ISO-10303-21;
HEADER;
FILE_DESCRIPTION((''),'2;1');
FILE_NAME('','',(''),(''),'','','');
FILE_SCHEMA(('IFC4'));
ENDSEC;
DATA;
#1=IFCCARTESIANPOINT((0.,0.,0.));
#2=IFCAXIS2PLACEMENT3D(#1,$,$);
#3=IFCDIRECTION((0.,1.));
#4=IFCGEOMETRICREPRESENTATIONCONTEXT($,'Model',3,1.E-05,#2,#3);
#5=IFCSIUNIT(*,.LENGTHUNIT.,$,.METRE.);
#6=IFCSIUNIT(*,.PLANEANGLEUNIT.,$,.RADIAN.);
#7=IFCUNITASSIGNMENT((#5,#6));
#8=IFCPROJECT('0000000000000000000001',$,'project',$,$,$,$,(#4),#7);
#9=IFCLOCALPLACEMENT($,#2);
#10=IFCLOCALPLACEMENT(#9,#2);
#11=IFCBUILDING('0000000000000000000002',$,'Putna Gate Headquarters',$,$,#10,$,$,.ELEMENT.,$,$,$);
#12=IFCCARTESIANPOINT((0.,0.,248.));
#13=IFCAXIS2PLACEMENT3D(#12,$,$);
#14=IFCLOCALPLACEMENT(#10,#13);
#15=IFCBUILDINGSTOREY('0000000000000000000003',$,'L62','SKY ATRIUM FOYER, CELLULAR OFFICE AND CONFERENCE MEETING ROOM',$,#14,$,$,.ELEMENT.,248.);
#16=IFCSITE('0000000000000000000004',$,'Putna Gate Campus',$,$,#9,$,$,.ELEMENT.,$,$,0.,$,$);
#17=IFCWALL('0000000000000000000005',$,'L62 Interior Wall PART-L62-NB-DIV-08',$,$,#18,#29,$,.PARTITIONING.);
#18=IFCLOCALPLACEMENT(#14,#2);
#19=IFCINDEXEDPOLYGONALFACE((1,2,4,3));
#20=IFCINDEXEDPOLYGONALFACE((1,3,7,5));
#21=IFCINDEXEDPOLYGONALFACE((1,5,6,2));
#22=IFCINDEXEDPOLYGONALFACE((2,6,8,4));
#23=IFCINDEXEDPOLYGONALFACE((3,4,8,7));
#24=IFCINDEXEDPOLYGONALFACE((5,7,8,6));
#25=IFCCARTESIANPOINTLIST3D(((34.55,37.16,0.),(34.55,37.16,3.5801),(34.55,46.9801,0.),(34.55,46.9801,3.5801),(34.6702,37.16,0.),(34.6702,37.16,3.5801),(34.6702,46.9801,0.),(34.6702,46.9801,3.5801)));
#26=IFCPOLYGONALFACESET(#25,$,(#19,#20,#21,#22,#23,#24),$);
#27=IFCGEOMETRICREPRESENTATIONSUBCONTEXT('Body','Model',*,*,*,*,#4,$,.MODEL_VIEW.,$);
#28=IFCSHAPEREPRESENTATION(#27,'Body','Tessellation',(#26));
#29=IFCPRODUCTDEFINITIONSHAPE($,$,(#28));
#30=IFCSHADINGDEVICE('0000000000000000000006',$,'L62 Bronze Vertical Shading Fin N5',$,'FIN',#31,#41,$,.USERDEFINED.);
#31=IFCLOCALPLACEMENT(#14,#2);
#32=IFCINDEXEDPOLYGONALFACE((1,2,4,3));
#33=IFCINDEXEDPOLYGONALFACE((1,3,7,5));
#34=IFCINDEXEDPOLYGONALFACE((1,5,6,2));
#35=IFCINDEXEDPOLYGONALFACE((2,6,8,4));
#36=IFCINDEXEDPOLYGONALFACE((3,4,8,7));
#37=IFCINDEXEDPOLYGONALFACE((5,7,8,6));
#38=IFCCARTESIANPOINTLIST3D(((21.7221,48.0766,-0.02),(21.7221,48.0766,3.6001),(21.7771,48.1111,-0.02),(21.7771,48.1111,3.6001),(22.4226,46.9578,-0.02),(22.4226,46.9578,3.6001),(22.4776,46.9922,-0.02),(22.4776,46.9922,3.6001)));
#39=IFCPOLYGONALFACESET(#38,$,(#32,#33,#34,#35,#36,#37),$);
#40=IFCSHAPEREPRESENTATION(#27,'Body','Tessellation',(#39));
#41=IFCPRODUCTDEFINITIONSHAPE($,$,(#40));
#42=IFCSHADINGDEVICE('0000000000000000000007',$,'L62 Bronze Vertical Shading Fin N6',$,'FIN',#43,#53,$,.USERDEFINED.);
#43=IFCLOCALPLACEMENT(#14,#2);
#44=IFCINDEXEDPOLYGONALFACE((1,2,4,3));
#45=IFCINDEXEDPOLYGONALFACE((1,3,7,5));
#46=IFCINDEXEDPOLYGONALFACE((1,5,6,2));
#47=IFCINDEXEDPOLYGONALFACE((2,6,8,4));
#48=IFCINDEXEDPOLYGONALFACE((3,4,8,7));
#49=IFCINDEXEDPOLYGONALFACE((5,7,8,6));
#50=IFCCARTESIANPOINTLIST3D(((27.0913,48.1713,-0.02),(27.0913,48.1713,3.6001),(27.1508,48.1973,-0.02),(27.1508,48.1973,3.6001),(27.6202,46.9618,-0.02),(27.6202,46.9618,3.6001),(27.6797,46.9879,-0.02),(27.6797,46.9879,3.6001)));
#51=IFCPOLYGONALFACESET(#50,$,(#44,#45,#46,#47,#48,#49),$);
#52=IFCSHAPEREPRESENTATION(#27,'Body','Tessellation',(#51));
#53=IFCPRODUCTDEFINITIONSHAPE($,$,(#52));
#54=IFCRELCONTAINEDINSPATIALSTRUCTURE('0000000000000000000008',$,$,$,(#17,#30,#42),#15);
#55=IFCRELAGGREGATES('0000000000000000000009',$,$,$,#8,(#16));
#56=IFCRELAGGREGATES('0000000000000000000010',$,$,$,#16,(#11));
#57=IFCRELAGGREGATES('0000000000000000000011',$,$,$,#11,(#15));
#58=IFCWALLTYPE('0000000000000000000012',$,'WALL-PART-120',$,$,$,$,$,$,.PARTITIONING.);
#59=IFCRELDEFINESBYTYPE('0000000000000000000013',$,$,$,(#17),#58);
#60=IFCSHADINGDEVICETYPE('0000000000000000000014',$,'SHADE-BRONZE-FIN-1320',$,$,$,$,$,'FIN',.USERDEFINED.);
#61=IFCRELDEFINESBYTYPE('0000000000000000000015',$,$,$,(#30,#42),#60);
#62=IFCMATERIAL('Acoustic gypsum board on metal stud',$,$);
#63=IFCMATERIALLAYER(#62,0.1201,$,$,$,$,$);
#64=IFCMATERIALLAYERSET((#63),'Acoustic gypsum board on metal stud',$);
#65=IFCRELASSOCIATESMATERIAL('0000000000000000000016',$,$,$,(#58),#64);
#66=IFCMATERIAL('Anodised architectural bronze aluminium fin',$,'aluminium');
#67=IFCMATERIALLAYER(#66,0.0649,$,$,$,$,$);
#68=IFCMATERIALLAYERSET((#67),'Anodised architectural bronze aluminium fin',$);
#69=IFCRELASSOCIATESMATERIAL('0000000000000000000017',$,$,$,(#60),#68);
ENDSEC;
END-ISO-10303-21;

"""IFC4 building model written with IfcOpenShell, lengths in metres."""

from ifc_helpers import new_model, si_unit, direction, frame, frame_2d, origin, origin_2d, place, context, subcontext, project, spatial, rectangle, extrude, material, layer, layer_set, type_object, element, save


model = new_model("IFC4")

# Units and contexts
model_context = context("Model", 3, precision=1e-05, world=origin(), true_north=direction((0.0, 1.0)))
body_context = subcontext(model_context, "Body", "Model", "MODEL_VIEW")
ifc_project = project(units=[si_unit("LENGTHUNIT", "METRE"), si_unit("PLANEANGLEUNIT", "RADIAN")], contexts=[model_context])

# Site, building, storey
site_placement = place(None, origin())
site = spatial("IfcSite", under=ifc_project, at=site_placement, Name="Putna Gate Campus", CompositionType="ELEMENT", RefElevation=0.0)
building_placement = place(site_placement, origin())
building = spatial("IfcBuilding", under=site, at=building_placement, Name="Putna Gate Headquarters", CompositionType="ELEMENT")
storey_placement = place(building_placement, frame((0.0, 0.0, 248.0)))
storey = spatial("IfcBuildingStorey", under=building, at=storey_placement, Name="L62", Description="SKY ATRIUM FOYER, CELLULAR OFFICE AND CONFERENCE MEETING ROOM", CompositionType="ELEMENT", Elevation=248.0)

# Wall
ifc_material_1 = material(Name="Acoustic gypsum board on metal stud")
ifc_layer_1 = layer(ifc_material_1, 0.1201)
ifc_layer_set_1 = layer_set([ifc_layer_1], Name="Acoustic gypsum board on metal stud")
wall_type = type_object("IfcWallType", Name="WALL-PART-120", PredefinedType="PARTITIONING", material=ifc_layer_set_1)
wall_placement = place(storey_placement, frame((34.6101, 37.1599, 0.0), z_axis=(0.0, 0.0, 1.0), x_axis=(0.0, 1.0, 0.0)))
element("IfcWall", 1, at=wall_placement, inside=storey, type_object=wall_type, Name="L62 Interior Wall PART-L62-NB-DIV-08", PredefinedType="PARTITIONING", context=body_context, shape_type="SweptSolid", body=[
    extrude(rectangle(XDim=9.8201, YDim=0.1201, at=frame_2d((4.9102, 0.0))), origin(), (0.0, 0.0, 1.0), 3.5801),
])

# Shading devices
ifc_material_2 = material(Name="Anodised architectural bronze aluminium fin", Category="aluminium")
ifc_layer_2 = layer(ifc_material_2, 0.0649)
ifc_layer_set_2 = layer_set([ifc_layer_2], Name="Anodised architectural bronze aluminium fin")
shading_device_type = type_object("IfcShadingDeviceType", Name="SHADE-BRONZE-FIN-1320", ElementType="FIN", PredefinedType="USERDEFINED", material=ifc_layer_set_2)
for number, where, z_axis, x_axis, name in (
    (2, (22.0999, 47.5344, -0.02), (0.0, 0.0, 1.0), (-0.530659, 0.847585, 0.0), "L62 Bronze Vertical Shading Fin N5"),
    (3, (27.3855, 47.5796, -0.02), (0.0, 0.0, 1.0), (-0.400669, 0.916223, 0.0), "L62 Bronze Vertical Shading Fin N6"),
):
    element("IfcShadingDevice", number, at=place(storey_placement, frame(where, z_axis=z_axis, x_axis=x_axis)), inside=storey, type_object=shading_device_type, Name=name, ObjectType="FIN", PredefinedType="USERDEFINED", context=body_context, shape_type="SweptSolid", body=[
        extrude(rectangle(XDim=1.3201, YDim=0.0649, at=origin_2d()), origin(), (0.0, 0.0, 1.0), 3.6201),
    ])

save(model, "model.ifc")
